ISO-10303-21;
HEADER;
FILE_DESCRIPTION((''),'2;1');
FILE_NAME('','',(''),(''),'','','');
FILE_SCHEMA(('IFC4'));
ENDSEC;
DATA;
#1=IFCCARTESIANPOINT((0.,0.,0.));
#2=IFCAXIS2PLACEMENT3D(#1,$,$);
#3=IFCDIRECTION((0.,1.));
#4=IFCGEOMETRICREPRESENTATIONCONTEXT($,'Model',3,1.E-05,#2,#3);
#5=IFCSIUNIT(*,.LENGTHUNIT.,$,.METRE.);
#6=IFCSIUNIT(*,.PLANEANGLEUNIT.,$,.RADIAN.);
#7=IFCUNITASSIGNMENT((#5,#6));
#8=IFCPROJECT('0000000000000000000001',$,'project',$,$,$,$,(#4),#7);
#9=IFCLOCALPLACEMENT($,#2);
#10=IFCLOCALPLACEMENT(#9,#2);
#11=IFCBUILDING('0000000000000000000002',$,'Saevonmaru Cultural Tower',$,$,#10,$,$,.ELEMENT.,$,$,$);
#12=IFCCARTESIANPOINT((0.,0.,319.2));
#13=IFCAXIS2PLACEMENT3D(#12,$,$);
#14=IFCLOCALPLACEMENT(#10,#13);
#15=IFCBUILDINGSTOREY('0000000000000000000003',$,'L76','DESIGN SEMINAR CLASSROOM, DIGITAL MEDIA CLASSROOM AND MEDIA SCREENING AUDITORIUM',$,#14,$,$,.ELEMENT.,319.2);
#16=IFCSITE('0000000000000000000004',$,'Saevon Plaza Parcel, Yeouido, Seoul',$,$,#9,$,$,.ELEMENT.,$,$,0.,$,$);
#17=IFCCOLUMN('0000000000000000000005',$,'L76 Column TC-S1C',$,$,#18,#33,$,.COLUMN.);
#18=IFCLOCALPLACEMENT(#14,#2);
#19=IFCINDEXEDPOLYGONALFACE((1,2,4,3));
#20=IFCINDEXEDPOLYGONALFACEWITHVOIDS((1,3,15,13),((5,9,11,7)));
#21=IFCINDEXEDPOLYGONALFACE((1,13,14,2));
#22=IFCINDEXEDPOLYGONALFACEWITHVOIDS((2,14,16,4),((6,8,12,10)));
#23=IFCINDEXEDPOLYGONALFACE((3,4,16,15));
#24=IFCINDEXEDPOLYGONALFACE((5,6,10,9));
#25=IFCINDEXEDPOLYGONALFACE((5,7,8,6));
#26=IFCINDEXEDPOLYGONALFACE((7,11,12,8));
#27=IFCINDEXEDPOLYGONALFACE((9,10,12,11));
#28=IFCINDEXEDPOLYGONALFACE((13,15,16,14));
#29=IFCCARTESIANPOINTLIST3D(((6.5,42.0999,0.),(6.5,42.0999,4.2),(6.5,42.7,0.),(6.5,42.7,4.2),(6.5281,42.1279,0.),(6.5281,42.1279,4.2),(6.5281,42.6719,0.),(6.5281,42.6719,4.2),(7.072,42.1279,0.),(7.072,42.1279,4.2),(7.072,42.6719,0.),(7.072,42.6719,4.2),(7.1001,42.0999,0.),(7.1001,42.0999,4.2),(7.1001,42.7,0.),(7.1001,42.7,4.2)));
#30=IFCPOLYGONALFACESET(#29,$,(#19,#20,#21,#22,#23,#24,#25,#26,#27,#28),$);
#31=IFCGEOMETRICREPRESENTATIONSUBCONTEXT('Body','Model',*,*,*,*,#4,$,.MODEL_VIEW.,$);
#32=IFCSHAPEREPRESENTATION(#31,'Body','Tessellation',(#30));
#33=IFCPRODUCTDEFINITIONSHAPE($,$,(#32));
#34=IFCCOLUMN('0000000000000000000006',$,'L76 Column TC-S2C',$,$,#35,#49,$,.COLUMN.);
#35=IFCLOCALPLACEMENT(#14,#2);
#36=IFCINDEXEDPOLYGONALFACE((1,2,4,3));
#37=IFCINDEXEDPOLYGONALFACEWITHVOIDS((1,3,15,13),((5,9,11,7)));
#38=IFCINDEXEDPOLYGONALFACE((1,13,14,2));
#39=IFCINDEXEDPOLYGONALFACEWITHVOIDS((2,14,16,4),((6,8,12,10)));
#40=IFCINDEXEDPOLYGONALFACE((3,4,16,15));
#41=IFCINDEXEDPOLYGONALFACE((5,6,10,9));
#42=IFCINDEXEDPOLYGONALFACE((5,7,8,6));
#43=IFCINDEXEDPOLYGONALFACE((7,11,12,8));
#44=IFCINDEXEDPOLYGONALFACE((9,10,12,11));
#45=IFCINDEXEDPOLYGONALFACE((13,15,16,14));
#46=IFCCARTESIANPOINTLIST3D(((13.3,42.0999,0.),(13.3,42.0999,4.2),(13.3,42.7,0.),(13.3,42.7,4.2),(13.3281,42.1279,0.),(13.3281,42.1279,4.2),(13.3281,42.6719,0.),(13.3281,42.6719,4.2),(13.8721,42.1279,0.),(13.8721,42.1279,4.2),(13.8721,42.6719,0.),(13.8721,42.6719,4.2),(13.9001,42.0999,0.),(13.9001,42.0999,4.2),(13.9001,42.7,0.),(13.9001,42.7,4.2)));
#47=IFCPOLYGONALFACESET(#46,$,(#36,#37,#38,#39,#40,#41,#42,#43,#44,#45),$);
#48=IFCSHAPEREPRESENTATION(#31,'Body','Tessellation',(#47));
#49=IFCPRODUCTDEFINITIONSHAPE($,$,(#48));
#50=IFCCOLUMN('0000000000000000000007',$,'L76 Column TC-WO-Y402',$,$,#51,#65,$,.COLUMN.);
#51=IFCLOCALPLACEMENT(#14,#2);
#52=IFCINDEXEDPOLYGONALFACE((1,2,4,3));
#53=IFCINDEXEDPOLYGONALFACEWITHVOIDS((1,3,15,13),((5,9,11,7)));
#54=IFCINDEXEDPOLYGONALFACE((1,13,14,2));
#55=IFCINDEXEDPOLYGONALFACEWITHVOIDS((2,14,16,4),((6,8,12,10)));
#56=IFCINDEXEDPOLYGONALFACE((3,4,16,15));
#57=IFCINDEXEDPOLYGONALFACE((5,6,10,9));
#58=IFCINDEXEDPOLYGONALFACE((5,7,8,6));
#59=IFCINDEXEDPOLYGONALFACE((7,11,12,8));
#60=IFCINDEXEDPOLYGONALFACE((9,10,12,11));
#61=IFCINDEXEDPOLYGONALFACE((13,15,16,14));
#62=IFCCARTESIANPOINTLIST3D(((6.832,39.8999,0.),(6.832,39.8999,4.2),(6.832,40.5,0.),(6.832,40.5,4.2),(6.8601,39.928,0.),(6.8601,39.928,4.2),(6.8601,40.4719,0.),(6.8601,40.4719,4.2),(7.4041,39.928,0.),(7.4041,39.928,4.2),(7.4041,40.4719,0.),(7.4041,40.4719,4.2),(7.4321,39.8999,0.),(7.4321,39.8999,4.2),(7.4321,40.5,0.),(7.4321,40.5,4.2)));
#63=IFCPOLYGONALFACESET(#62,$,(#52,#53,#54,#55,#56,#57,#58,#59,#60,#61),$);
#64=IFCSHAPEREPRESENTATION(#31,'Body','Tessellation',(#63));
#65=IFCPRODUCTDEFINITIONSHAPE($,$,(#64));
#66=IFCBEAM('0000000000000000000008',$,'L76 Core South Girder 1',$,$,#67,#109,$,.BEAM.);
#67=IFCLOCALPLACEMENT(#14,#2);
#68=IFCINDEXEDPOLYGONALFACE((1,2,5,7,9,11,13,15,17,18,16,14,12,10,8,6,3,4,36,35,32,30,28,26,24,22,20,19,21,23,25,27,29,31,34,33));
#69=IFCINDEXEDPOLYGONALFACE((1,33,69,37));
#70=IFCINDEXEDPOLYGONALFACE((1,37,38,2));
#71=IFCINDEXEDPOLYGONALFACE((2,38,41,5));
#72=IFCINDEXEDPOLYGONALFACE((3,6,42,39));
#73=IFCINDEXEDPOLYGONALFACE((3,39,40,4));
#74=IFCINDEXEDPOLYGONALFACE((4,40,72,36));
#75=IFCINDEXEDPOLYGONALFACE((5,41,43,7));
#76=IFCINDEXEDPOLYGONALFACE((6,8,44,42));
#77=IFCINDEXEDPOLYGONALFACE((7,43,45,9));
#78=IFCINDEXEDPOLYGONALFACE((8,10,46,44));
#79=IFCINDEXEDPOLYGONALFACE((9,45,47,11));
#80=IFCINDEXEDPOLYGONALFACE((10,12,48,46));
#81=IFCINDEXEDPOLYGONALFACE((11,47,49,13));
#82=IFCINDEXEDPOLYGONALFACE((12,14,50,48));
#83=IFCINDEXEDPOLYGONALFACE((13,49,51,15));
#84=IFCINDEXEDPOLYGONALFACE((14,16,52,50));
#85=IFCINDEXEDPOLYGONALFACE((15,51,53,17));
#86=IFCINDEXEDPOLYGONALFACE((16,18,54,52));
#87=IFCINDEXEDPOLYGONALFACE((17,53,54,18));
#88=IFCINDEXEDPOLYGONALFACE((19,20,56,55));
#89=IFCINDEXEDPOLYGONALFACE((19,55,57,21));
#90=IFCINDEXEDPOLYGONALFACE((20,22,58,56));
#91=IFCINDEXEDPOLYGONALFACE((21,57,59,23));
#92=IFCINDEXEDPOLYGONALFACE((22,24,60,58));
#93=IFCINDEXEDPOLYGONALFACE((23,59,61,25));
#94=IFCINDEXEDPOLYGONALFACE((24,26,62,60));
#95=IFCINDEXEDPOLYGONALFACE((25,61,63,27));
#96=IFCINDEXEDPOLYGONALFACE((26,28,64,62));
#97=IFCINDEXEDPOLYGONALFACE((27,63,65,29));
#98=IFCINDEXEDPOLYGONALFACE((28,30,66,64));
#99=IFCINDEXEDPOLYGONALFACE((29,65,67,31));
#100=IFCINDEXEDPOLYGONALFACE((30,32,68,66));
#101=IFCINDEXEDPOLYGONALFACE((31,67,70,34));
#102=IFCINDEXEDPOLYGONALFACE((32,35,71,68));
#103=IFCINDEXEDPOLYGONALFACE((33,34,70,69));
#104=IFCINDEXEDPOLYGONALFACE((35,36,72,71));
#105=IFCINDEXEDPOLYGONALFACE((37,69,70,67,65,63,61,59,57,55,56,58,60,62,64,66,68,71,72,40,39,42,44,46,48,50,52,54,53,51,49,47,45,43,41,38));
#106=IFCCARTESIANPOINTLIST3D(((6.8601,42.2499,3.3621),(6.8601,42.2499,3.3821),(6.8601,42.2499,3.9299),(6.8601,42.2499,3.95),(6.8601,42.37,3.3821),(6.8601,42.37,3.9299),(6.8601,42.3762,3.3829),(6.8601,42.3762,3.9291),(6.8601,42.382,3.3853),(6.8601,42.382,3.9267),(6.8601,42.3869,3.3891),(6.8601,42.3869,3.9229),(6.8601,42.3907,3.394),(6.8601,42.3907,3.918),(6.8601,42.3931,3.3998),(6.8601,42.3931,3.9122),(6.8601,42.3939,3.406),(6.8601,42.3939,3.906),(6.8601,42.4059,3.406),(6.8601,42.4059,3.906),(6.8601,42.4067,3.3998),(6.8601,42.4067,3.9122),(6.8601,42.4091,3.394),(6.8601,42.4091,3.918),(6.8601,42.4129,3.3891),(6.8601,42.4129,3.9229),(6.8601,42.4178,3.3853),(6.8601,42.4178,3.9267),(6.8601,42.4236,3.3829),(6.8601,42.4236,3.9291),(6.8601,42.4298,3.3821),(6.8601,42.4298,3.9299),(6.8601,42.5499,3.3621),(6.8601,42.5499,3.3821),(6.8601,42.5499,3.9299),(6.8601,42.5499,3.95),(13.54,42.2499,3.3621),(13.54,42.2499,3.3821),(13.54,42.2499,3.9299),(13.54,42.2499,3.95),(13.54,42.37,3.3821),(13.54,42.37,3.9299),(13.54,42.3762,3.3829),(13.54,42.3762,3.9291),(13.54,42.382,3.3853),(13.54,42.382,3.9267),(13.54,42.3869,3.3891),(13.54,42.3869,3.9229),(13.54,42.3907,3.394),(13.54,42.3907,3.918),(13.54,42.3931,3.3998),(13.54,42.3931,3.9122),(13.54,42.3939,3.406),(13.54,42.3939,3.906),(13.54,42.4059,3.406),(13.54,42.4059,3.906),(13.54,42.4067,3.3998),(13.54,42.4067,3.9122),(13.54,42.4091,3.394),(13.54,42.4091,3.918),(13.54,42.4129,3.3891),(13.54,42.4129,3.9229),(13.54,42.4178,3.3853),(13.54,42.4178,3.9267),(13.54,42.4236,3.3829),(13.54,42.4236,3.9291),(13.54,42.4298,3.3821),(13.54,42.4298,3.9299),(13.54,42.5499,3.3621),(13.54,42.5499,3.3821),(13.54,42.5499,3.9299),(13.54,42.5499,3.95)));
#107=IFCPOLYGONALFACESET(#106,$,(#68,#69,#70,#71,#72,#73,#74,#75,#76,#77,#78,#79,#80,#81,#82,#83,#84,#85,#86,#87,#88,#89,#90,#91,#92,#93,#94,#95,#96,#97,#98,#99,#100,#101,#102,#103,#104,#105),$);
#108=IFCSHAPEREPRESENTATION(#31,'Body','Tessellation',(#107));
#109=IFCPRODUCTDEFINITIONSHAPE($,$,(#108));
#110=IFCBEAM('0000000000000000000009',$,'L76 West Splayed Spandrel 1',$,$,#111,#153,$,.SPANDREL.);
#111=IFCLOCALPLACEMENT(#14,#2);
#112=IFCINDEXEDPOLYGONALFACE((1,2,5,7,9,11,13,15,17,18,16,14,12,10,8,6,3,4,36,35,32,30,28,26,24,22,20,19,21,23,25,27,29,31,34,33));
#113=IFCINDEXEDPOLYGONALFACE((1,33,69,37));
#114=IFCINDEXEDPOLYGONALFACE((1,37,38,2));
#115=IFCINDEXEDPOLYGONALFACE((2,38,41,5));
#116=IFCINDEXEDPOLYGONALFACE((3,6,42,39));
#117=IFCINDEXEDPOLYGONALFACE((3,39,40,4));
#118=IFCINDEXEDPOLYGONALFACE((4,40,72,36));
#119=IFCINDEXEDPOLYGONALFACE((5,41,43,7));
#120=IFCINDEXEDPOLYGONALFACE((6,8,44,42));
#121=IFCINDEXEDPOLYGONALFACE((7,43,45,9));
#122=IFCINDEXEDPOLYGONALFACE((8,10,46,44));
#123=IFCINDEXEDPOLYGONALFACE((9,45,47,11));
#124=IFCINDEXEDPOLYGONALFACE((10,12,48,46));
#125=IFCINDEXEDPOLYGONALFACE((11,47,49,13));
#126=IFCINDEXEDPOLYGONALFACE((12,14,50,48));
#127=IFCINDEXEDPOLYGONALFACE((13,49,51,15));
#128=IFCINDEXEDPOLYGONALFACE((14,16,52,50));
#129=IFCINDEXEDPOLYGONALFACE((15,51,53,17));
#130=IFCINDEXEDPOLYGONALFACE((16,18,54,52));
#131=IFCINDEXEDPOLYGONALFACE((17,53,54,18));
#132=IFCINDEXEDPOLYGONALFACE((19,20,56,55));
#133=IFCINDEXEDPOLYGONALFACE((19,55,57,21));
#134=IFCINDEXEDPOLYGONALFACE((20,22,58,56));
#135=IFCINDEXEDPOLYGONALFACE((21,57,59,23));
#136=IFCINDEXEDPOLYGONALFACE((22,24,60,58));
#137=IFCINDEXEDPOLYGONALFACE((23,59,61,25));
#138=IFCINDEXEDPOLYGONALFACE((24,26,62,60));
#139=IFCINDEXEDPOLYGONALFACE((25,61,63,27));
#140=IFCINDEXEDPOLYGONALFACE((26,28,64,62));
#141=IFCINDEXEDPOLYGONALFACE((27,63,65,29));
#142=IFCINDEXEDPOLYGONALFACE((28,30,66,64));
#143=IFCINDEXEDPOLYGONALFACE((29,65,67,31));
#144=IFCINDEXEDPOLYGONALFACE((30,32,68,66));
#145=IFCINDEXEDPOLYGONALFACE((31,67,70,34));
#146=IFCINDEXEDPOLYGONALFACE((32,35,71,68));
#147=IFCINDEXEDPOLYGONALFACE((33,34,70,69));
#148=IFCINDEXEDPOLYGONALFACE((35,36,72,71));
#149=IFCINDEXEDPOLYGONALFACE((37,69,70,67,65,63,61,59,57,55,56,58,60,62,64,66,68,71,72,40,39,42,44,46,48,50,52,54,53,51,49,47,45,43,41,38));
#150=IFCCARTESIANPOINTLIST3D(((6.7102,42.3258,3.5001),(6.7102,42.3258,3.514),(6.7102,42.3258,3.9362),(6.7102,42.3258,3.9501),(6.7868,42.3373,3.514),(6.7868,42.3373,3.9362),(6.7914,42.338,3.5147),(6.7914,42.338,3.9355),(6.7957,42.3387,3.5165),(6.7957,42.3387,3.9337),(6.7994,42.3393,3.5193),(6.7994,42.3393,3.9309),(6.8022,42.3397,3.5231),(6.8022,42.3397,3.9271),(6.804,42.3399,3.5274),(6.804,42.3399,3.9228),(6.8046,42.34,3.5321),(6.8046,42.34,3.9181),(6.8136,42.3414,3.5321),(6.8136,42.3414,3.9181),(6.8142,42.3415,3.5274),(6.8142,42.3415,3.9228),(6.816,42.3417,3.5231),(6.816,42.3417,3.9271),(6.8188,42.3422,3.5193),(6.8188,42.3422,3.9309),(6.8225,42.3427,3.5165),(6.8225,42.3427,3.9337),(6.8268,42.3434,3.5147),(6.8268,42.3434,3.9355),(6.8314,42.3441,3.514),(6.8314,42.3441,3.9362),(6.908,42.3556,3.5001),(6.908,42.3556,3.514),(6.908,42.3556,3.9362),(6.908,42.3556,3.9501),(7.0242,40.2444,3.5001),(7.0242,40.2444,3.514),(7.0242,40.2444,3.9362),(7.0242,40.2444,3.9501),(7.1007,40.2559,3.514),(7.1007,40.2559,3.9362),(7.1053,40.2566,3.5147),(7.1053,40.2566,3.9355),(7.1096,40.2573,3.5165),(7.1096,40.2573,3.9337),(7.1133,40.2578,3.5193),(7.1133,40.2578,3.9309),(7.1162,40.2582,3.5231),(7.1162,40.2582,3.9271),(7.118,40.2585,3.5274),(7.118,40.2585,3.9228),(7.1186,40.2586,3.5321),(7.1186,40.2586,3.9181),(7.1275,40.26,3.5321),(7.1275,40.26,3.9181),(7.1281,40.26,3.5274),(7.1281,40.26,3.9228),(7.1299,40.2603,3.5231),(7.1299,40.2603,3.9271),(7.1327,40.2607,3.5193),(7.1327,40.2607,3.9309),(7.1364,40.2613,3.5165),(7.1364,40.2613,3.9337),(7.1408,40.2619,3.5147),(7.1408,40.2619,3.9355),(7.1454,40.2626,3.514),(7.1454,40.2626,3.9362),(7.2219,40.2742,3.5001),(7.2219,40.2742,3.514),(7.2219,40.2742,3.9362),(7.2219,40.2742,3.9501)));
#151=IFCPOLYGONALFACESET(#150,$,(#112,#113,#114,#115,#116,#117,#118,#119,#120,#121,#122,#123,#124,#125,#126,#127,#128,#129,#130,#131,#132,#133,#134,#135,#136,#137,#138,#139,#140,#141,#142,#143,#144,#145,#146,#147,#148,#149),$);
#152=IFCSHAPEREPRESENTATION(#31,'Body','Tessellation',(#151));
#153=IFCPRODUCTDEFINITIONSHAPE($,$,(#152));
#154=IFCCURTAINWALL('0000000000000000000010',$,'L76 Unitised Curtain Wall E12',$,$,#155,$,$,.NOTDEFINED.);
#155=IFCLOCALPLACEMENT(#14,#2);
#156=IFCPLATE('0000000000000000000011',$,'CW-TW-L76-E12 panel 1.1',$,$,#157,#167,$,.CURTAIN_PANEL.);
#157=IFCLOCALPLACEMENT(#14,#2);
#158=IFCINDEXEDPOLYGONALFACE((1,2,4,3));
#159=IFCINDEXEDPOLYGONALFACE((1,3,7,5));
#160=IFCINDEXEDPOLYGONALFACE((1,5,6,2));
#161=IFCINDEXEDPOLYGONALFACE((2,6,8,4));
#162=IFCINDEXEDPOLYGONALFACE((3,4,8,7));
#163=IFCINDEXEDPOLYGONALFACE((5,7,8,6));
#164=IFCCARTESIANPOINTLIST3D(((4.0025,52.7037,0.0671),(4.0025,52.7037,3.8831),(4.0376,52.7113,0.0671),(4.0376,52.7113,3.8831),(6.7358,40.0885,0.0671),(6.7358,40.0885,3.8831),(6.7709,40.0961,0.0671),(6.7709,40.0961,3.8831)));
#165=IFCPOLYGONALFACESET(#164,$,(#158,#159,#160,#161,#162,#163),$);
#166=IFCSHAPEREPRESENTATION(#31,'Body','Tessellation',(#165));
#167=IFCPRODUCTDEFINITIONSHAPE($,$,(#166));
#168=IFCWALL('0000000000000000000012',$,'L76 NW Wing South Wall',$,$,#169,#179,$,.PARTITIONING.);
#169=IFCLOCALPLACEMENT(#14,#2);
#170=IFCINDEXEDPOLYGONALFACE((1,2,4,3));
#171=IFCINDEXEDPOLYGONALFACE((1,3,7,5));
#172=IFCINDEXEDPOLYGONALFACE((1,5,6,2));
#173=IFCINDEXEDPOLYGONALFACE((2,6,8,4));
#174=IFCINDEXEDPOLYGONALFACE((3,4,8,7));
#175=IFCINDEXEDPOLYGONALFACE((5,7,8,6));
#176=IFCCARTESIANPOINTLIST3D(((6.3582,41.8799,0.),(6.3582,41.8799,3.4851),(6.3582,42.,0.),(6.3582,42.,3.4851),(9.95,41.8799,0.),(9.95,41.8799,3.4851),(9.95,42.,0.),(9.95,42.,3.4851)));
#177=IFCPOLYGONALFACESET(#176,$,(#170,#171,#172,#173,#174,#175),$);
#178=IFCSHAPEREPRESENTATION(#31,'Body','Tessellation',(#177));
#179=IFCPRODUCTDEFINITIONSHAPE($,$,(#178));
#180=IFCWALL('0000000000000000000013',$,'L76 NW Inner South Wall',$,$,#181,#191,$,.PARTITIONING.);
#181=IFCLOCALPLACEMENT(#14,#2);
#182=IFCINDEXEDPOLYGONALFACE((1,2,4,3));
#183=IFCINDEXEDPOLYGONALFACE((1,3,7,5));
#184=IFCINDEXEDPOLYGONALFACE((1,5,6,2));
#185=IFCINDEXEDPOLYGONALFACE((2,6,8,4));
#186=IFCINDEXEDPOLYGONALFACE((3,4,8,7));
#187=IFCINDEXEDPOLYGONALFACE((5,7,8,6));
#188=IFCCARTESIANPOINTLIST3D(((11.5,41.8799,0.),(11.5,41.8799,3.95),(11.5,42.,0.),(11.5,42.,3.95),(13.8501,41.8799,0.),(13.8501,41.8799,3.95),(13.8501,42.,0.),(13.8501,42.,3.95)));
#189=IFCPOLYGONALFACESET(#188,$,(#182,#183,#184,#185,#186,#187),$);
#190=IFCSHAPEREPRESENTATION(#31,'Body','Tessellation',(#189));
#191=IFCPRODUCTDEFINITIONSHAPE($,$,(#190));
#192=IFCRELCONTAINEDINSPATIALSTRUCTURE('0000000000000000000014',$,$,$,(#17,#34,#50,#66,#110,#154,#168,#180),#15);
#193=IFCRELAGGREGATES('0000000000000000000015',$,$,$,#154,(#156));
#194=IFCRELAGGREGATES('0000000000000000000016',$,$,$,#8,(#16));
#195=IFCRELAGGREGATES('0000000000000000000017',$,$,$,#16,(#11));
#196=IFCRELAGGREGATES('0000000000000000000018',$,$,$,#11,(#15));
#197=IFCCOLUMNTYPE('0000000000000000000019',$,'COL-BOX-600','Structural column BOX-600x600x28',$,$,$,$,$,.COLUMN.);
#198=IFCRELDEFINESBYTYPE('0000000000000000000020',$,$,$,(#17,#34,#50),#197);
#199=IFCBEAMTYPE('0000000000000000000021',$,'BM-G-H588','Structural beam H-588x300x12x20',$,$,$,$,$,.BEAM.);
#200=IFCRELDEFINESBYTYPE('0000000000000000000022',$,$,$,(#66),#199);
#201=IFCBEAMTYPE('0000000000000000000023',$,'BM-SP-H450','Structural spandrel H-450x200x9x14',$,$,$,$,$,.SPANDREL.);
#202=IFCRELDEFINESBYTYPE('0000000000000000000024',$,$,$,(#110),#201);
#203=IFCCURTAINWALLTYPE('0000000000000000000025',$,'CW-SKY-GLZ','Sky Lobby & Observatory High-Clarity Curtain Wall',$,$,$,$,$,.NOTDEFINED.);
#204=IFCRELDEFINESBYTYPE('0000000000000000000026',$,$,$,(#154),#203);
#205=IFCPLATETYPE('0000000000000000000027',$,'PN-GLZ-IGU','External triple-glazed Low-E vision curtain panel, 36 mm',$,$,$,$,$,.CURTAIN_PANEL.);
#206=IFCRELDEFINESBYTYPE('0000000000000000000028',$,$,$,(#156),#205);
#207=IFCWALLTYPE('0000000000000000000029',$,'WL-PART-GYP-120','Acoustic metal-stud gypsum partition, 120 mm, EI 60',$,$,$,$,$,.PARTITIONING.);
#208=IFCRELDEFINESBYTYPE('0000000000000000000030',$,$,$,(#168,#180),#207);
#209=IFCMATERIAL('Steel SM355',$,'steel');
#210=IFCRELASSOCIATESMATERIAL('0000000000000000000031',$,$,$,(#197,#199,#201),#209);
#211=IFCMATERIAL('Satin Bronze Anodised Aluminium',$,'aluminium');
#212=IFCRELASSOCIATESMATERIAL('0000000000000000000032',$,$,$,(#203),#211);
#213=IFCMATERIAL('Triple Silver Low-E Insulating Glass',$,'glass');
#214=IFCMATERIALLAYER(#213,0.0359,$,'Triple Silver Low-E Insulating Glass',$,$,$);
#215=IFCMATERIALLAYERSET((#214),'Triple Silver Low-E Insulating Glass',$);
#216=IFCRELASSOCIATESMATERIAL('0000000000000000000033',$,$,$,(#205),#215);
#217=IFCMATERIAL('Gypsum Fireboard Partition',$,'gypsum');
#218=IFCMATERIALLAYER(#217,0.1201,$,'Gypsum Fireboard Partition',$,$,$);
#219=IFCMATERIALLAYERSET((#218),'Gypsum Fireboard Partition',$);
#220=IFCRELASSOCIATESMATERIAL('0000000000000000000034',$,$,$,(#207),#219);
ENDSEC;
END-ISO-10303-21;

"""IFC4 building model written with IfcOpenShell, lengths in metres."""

from ifc_helpers import new_model, si_unit, direction, frame, frame_2d, origin, origin_2d, place, context, subcontext, project, spatial, rectangle, hollow_rectangle, i_section, extrude, material, layer, layer_set, material_profile, profile_set, type_object, element, aggregate, save


model = new_model("IFC4")

# Units and contexts
model_context = context("Model", 3, precision=1e-05, world=origin(), true_north=direction((0.0, 1.0)))
body_context = subcontext(model_context, "Body", "Model", "MODEL_VIEW")
ifc_project = project(units=[si_unit("LENGTHUNIT", "METRE"), si_unit("PLANEANGLEUNIT", "RADIAN")], contexts=[model_context])

# Site, building, storey
site_placement = place(None, origin())
site = spatial("IfcSite", under=ifc_project, at=site_placement, Name="Saevon Plaza Parcel, Yeouido, Seoul", CompositionType="ELEMENT", RefElevation=0.0)
building_placement = place(site_placement, origin())
building = spatial("IfcBuilding", under=site, at=building_placement, Name="Saevonmaru Cultural Tower", CompositionType="ELEMENT")
storey_placement = place(building_placement, frame((0.0, 0.0, 319.2)))
storey = spatial("IfcBuildingStorey", under=building, at=storey_placement, Name="L76", Description="DESIGN SEMINAR CLASSROOM, DIGITAL MEDIA CLASSROOM AND MEDIA SCREENING AUDITORIUM", CompositionType="ELEMENT", Elevation=319.2)

# Columns
ifc_material_1 = material(Name="Steel SM355", Category="steel")
ifc_material_profile_1 = material_profile(ifc_material_1, hollow_rectangle(XDim=0.6001, YDim=0.6001, WallThickness=0.0281, at=origin_2d()), Name="BOX-600x600x28")
ifc_profile_set_1 = profile_set([ifc_material_profile_1], Name="Steel SM355")
column_type = type_object("IfcColumnType", Name="COL-BOX-600", Description="Structural column BOX-600x600x28", PredefinedType="COLUMN", material=ifc_profile_set_1)
for number, where, z_axis, x_axis, name in (
    (1, (6.8, 42.3999, 0.0), (0.0, 0.0, 1.0), (1.0, 0.0, 0.0), "L76 Column TC-S1C"),
    (2, (13.6001, 42.3999, 0.0), (0.0, 0.0, 1.0), (1.0, 0.0, 0.0), "L76 Column TC-S2C"),
    (3, (7.1321, 40.2, 0.0), (0.0, 0.0, 1.0), (1.0, 0.0, 0.0), "L76 Column TC-WO-Y402"),
):
    element("IfcColumn", number, at=place(storey_placement, frame(where, z_axis=z_axis, x_axis=x_axis)), inside=storey, type_object=column_type, Name=name, PredefinedType="COLUMN", context=body_context, shape_type="SweptSolid", body=[
        extrude(hollow_rectangle(XDim=0.6001, YDim=0.6001, WallThickness=0.0281, at=origin_2d()), origin(), (0.0, 0.0, 1.0), 4.2),
    ])

# Beams
ifc_material_profile_2 = material_profile(ifc_material_1, i_section(OverallWidth=0.3, OverallDepth=0.5879, WebThickness=0.012, FlangeThickness=0.02, FilletRadius=0.0239, at=origin_2d()), Name="H-588x300x12x20")
ifc_profile_set_2 = profile_set([ifc_material_profile_2], Name="Steel SM355")
beam_type_1 = type_object("IfcBeamType", Name="BM-G-H588", Description="Structural beam H-588x300x12x20", PredefinedType="BEAM", material=ifc_profile_set_2)
beam_1_placement = place(storey_placement, frame((6.8601, 42.3999, 3.656), z_axis=(1.0, 0.0, 0.0), x_axis=(0.0, 1.0, 0.0)))
element("IfcBeam", 4, at=beam_1_placement, inside=storey, type_object=beam_type_1, Name="L76 Core South Girder 1", PredefinedType="BEAM", context=body_context, shape_type="SweptSolid", body=[
    extrude(i_section(OverallWidth=0.3, OverallDepth=0.5879, WebThickness=0.012, FlangeThickness=0.02, FilletRadius=0.0239, at=origin_2d()), origin(), (0.0, 0.0, 1.0), 6.6799),
])
ifc_material_profile_3 = material_profile(ifc_material_1, i_section(OverallWidth=0.2, OverallDepth=0.45, WebThickness=0.009, FlangeThickness=0.0139, FilletRadius=0.0181, at=origin_2d()), Name="H-450x200x9x14")
ifc_profile_set_3 = profile_set([ifc_material_profile_3], Name="Steel SM355")
beam_type_2 = type_object("IfcBeamType", Name="BM-SP-H450", Description="Structural spandrel H-450x200x9x14", PredefinedType="SPANDREL", material=ifc_profile_set_3)
beam_2_placement = place(storey_placement, frame((7.123, 40.2593, 3.7251), z_axis=(-0.149146, 0.988815, 0.0), x_axis=(-0.988815, -0.149146, 0.0)))
element("IfcBeam", 5, at=beam_2_placement, inside=storey, type_object=beam_type_2, Name="L76 West Splayed Spandrel 1", PredefinedType="SPANDREL", context=body_context, shape_type="SweptSolid", body=[
    extrude(i_section(OverallWidth=0.2, OverallDepth=0.45, WebThickness=0.009, FlangeThickness=0.0139, FilletRadius=0.0181, at=origin_2d()), origin(), (0.0, 0.0, 1.0), 2.105),
])

# Curtain wall, plate
ifc_material_2 = material(Name="Satin Bronze Anodised Aluminium", Category="aluminium")
curtain_wall_type = type_object("IfcCurtainWallType", Name="CW-SKY-GLZ", Description="Sky Lobby & Observatory High-Clarity Curtain Wall", PredefinedType="NOTDEFINED", material=ifc_material_2)
curtain_wall_placement = place(storey_placement, origin())
curtain_wall = element("IfcCurtainWall", 6, at=curtain_wall_placement, inside=storey, type_object=curtain_wall_type, Name="L76 Unitised Curtain Wall E12", PredefinedType="NOTDEFINED")
ifc_material_3 = material(Name="Triple Silver Low-E Insulating Glass", Category="glass")
ifc_layer_1 = layer(ifc_material_3, 0.0359, Name="Triple Silver Low-E Insulating Glass")
ifc_layer_set_1 = layer_set([ifc_layer_1], Name="Triple Silver Low-E Insulating Glass")
plate_type = type_object("IfcPlateType", Name="PN-GLZ-IGU", Description="External triple-glazed Low-E vision curtain panel, 36 mm", PredefinedType="CURTAIN_PANEL", material=ifc_layer_set_1)
plate_placement = place(storey_placement, frame((5.3867, 46.3999, 0.0671), z_axis=(0.0, 0.0, 1.0), x_axis=(0.21175, -0.977324, 0.0)))
plate = element("IfcPlate", 7, at=plate_placement, type_object=plate_type, Name="CW-TW-L76-E12 panel 1.1", PredefinedType="CURTAIN_PANEL", context=body_context, shape_type="SweptSolid", body=[
    extrude(rectangle(XDim=12.908, YDim=0.0359, at=origin_2d()), origin(), (0.0, 0.0, 1.0), 3.8159),
])
aggregate(curtain_wall, [plate])

# Walls
ifc_material_4 = material(Name="Gypsum Fireboard Partition", Category="gypsum")
ifc_layer_2 = layer(ifc_material_4, 0.1201, Name="Gypsum Fireboard Partition")
ifc_layer_set_2 = layer_set([ifc_layer_2], Name="Gypsum Fireboard Partition")
wall_type = type_object("IfcWallType", Name="WL-PART-GYP-120", Description="Acoustic metal-stud gypsum partition, 120 mm, EI 60", PredefinedType="PARTITIONING", material=ifc_layer_set_2)
wall_1_placement = place(storey_placement, frame((6.3582, 41.9399, 0.0), z_axis=(0.0, 0.0, 1.0), x_axis=(1.0, 0.0, 0.0)))
element("IfcWall", 8, at=wall_1_placement, inside=storey, type_object=wall_type, Name="L76 NW Wing South Wall", PredefinedType="PARTITIONING", context=body_context, shape_type="SweptSolid", body=[
    extrude(rectangle(XDim=3.5918, YDim=0.1201, at=frame_2d((1.7959, 0.0))), origin(), (0.0, 0.0, 1.0), 3.4851),
])
wall_2_placement = place(storey_placement, frame((11.5, 41.9399, 0.0), z_axis=(0.0, 0.0, 1.0), x_axis=(1.0, 0.0, 0.0)))
element("IfcWall", 9, at=wall_2_placement, inside=storey, type_object=wall_type, Name="L76 NW Inner South Wall", PredefinedType="PARTITIONING", context=body_context, shape_type="SweptSolid", body=[
    extrude(rectangle(XDim=2.3501, YDim=0.1201, at=frame_2d((1.175, 0.0))), origin(), (0.0, 0.0, 1.0), 3.95),
])

save(model, "model.ifc")
